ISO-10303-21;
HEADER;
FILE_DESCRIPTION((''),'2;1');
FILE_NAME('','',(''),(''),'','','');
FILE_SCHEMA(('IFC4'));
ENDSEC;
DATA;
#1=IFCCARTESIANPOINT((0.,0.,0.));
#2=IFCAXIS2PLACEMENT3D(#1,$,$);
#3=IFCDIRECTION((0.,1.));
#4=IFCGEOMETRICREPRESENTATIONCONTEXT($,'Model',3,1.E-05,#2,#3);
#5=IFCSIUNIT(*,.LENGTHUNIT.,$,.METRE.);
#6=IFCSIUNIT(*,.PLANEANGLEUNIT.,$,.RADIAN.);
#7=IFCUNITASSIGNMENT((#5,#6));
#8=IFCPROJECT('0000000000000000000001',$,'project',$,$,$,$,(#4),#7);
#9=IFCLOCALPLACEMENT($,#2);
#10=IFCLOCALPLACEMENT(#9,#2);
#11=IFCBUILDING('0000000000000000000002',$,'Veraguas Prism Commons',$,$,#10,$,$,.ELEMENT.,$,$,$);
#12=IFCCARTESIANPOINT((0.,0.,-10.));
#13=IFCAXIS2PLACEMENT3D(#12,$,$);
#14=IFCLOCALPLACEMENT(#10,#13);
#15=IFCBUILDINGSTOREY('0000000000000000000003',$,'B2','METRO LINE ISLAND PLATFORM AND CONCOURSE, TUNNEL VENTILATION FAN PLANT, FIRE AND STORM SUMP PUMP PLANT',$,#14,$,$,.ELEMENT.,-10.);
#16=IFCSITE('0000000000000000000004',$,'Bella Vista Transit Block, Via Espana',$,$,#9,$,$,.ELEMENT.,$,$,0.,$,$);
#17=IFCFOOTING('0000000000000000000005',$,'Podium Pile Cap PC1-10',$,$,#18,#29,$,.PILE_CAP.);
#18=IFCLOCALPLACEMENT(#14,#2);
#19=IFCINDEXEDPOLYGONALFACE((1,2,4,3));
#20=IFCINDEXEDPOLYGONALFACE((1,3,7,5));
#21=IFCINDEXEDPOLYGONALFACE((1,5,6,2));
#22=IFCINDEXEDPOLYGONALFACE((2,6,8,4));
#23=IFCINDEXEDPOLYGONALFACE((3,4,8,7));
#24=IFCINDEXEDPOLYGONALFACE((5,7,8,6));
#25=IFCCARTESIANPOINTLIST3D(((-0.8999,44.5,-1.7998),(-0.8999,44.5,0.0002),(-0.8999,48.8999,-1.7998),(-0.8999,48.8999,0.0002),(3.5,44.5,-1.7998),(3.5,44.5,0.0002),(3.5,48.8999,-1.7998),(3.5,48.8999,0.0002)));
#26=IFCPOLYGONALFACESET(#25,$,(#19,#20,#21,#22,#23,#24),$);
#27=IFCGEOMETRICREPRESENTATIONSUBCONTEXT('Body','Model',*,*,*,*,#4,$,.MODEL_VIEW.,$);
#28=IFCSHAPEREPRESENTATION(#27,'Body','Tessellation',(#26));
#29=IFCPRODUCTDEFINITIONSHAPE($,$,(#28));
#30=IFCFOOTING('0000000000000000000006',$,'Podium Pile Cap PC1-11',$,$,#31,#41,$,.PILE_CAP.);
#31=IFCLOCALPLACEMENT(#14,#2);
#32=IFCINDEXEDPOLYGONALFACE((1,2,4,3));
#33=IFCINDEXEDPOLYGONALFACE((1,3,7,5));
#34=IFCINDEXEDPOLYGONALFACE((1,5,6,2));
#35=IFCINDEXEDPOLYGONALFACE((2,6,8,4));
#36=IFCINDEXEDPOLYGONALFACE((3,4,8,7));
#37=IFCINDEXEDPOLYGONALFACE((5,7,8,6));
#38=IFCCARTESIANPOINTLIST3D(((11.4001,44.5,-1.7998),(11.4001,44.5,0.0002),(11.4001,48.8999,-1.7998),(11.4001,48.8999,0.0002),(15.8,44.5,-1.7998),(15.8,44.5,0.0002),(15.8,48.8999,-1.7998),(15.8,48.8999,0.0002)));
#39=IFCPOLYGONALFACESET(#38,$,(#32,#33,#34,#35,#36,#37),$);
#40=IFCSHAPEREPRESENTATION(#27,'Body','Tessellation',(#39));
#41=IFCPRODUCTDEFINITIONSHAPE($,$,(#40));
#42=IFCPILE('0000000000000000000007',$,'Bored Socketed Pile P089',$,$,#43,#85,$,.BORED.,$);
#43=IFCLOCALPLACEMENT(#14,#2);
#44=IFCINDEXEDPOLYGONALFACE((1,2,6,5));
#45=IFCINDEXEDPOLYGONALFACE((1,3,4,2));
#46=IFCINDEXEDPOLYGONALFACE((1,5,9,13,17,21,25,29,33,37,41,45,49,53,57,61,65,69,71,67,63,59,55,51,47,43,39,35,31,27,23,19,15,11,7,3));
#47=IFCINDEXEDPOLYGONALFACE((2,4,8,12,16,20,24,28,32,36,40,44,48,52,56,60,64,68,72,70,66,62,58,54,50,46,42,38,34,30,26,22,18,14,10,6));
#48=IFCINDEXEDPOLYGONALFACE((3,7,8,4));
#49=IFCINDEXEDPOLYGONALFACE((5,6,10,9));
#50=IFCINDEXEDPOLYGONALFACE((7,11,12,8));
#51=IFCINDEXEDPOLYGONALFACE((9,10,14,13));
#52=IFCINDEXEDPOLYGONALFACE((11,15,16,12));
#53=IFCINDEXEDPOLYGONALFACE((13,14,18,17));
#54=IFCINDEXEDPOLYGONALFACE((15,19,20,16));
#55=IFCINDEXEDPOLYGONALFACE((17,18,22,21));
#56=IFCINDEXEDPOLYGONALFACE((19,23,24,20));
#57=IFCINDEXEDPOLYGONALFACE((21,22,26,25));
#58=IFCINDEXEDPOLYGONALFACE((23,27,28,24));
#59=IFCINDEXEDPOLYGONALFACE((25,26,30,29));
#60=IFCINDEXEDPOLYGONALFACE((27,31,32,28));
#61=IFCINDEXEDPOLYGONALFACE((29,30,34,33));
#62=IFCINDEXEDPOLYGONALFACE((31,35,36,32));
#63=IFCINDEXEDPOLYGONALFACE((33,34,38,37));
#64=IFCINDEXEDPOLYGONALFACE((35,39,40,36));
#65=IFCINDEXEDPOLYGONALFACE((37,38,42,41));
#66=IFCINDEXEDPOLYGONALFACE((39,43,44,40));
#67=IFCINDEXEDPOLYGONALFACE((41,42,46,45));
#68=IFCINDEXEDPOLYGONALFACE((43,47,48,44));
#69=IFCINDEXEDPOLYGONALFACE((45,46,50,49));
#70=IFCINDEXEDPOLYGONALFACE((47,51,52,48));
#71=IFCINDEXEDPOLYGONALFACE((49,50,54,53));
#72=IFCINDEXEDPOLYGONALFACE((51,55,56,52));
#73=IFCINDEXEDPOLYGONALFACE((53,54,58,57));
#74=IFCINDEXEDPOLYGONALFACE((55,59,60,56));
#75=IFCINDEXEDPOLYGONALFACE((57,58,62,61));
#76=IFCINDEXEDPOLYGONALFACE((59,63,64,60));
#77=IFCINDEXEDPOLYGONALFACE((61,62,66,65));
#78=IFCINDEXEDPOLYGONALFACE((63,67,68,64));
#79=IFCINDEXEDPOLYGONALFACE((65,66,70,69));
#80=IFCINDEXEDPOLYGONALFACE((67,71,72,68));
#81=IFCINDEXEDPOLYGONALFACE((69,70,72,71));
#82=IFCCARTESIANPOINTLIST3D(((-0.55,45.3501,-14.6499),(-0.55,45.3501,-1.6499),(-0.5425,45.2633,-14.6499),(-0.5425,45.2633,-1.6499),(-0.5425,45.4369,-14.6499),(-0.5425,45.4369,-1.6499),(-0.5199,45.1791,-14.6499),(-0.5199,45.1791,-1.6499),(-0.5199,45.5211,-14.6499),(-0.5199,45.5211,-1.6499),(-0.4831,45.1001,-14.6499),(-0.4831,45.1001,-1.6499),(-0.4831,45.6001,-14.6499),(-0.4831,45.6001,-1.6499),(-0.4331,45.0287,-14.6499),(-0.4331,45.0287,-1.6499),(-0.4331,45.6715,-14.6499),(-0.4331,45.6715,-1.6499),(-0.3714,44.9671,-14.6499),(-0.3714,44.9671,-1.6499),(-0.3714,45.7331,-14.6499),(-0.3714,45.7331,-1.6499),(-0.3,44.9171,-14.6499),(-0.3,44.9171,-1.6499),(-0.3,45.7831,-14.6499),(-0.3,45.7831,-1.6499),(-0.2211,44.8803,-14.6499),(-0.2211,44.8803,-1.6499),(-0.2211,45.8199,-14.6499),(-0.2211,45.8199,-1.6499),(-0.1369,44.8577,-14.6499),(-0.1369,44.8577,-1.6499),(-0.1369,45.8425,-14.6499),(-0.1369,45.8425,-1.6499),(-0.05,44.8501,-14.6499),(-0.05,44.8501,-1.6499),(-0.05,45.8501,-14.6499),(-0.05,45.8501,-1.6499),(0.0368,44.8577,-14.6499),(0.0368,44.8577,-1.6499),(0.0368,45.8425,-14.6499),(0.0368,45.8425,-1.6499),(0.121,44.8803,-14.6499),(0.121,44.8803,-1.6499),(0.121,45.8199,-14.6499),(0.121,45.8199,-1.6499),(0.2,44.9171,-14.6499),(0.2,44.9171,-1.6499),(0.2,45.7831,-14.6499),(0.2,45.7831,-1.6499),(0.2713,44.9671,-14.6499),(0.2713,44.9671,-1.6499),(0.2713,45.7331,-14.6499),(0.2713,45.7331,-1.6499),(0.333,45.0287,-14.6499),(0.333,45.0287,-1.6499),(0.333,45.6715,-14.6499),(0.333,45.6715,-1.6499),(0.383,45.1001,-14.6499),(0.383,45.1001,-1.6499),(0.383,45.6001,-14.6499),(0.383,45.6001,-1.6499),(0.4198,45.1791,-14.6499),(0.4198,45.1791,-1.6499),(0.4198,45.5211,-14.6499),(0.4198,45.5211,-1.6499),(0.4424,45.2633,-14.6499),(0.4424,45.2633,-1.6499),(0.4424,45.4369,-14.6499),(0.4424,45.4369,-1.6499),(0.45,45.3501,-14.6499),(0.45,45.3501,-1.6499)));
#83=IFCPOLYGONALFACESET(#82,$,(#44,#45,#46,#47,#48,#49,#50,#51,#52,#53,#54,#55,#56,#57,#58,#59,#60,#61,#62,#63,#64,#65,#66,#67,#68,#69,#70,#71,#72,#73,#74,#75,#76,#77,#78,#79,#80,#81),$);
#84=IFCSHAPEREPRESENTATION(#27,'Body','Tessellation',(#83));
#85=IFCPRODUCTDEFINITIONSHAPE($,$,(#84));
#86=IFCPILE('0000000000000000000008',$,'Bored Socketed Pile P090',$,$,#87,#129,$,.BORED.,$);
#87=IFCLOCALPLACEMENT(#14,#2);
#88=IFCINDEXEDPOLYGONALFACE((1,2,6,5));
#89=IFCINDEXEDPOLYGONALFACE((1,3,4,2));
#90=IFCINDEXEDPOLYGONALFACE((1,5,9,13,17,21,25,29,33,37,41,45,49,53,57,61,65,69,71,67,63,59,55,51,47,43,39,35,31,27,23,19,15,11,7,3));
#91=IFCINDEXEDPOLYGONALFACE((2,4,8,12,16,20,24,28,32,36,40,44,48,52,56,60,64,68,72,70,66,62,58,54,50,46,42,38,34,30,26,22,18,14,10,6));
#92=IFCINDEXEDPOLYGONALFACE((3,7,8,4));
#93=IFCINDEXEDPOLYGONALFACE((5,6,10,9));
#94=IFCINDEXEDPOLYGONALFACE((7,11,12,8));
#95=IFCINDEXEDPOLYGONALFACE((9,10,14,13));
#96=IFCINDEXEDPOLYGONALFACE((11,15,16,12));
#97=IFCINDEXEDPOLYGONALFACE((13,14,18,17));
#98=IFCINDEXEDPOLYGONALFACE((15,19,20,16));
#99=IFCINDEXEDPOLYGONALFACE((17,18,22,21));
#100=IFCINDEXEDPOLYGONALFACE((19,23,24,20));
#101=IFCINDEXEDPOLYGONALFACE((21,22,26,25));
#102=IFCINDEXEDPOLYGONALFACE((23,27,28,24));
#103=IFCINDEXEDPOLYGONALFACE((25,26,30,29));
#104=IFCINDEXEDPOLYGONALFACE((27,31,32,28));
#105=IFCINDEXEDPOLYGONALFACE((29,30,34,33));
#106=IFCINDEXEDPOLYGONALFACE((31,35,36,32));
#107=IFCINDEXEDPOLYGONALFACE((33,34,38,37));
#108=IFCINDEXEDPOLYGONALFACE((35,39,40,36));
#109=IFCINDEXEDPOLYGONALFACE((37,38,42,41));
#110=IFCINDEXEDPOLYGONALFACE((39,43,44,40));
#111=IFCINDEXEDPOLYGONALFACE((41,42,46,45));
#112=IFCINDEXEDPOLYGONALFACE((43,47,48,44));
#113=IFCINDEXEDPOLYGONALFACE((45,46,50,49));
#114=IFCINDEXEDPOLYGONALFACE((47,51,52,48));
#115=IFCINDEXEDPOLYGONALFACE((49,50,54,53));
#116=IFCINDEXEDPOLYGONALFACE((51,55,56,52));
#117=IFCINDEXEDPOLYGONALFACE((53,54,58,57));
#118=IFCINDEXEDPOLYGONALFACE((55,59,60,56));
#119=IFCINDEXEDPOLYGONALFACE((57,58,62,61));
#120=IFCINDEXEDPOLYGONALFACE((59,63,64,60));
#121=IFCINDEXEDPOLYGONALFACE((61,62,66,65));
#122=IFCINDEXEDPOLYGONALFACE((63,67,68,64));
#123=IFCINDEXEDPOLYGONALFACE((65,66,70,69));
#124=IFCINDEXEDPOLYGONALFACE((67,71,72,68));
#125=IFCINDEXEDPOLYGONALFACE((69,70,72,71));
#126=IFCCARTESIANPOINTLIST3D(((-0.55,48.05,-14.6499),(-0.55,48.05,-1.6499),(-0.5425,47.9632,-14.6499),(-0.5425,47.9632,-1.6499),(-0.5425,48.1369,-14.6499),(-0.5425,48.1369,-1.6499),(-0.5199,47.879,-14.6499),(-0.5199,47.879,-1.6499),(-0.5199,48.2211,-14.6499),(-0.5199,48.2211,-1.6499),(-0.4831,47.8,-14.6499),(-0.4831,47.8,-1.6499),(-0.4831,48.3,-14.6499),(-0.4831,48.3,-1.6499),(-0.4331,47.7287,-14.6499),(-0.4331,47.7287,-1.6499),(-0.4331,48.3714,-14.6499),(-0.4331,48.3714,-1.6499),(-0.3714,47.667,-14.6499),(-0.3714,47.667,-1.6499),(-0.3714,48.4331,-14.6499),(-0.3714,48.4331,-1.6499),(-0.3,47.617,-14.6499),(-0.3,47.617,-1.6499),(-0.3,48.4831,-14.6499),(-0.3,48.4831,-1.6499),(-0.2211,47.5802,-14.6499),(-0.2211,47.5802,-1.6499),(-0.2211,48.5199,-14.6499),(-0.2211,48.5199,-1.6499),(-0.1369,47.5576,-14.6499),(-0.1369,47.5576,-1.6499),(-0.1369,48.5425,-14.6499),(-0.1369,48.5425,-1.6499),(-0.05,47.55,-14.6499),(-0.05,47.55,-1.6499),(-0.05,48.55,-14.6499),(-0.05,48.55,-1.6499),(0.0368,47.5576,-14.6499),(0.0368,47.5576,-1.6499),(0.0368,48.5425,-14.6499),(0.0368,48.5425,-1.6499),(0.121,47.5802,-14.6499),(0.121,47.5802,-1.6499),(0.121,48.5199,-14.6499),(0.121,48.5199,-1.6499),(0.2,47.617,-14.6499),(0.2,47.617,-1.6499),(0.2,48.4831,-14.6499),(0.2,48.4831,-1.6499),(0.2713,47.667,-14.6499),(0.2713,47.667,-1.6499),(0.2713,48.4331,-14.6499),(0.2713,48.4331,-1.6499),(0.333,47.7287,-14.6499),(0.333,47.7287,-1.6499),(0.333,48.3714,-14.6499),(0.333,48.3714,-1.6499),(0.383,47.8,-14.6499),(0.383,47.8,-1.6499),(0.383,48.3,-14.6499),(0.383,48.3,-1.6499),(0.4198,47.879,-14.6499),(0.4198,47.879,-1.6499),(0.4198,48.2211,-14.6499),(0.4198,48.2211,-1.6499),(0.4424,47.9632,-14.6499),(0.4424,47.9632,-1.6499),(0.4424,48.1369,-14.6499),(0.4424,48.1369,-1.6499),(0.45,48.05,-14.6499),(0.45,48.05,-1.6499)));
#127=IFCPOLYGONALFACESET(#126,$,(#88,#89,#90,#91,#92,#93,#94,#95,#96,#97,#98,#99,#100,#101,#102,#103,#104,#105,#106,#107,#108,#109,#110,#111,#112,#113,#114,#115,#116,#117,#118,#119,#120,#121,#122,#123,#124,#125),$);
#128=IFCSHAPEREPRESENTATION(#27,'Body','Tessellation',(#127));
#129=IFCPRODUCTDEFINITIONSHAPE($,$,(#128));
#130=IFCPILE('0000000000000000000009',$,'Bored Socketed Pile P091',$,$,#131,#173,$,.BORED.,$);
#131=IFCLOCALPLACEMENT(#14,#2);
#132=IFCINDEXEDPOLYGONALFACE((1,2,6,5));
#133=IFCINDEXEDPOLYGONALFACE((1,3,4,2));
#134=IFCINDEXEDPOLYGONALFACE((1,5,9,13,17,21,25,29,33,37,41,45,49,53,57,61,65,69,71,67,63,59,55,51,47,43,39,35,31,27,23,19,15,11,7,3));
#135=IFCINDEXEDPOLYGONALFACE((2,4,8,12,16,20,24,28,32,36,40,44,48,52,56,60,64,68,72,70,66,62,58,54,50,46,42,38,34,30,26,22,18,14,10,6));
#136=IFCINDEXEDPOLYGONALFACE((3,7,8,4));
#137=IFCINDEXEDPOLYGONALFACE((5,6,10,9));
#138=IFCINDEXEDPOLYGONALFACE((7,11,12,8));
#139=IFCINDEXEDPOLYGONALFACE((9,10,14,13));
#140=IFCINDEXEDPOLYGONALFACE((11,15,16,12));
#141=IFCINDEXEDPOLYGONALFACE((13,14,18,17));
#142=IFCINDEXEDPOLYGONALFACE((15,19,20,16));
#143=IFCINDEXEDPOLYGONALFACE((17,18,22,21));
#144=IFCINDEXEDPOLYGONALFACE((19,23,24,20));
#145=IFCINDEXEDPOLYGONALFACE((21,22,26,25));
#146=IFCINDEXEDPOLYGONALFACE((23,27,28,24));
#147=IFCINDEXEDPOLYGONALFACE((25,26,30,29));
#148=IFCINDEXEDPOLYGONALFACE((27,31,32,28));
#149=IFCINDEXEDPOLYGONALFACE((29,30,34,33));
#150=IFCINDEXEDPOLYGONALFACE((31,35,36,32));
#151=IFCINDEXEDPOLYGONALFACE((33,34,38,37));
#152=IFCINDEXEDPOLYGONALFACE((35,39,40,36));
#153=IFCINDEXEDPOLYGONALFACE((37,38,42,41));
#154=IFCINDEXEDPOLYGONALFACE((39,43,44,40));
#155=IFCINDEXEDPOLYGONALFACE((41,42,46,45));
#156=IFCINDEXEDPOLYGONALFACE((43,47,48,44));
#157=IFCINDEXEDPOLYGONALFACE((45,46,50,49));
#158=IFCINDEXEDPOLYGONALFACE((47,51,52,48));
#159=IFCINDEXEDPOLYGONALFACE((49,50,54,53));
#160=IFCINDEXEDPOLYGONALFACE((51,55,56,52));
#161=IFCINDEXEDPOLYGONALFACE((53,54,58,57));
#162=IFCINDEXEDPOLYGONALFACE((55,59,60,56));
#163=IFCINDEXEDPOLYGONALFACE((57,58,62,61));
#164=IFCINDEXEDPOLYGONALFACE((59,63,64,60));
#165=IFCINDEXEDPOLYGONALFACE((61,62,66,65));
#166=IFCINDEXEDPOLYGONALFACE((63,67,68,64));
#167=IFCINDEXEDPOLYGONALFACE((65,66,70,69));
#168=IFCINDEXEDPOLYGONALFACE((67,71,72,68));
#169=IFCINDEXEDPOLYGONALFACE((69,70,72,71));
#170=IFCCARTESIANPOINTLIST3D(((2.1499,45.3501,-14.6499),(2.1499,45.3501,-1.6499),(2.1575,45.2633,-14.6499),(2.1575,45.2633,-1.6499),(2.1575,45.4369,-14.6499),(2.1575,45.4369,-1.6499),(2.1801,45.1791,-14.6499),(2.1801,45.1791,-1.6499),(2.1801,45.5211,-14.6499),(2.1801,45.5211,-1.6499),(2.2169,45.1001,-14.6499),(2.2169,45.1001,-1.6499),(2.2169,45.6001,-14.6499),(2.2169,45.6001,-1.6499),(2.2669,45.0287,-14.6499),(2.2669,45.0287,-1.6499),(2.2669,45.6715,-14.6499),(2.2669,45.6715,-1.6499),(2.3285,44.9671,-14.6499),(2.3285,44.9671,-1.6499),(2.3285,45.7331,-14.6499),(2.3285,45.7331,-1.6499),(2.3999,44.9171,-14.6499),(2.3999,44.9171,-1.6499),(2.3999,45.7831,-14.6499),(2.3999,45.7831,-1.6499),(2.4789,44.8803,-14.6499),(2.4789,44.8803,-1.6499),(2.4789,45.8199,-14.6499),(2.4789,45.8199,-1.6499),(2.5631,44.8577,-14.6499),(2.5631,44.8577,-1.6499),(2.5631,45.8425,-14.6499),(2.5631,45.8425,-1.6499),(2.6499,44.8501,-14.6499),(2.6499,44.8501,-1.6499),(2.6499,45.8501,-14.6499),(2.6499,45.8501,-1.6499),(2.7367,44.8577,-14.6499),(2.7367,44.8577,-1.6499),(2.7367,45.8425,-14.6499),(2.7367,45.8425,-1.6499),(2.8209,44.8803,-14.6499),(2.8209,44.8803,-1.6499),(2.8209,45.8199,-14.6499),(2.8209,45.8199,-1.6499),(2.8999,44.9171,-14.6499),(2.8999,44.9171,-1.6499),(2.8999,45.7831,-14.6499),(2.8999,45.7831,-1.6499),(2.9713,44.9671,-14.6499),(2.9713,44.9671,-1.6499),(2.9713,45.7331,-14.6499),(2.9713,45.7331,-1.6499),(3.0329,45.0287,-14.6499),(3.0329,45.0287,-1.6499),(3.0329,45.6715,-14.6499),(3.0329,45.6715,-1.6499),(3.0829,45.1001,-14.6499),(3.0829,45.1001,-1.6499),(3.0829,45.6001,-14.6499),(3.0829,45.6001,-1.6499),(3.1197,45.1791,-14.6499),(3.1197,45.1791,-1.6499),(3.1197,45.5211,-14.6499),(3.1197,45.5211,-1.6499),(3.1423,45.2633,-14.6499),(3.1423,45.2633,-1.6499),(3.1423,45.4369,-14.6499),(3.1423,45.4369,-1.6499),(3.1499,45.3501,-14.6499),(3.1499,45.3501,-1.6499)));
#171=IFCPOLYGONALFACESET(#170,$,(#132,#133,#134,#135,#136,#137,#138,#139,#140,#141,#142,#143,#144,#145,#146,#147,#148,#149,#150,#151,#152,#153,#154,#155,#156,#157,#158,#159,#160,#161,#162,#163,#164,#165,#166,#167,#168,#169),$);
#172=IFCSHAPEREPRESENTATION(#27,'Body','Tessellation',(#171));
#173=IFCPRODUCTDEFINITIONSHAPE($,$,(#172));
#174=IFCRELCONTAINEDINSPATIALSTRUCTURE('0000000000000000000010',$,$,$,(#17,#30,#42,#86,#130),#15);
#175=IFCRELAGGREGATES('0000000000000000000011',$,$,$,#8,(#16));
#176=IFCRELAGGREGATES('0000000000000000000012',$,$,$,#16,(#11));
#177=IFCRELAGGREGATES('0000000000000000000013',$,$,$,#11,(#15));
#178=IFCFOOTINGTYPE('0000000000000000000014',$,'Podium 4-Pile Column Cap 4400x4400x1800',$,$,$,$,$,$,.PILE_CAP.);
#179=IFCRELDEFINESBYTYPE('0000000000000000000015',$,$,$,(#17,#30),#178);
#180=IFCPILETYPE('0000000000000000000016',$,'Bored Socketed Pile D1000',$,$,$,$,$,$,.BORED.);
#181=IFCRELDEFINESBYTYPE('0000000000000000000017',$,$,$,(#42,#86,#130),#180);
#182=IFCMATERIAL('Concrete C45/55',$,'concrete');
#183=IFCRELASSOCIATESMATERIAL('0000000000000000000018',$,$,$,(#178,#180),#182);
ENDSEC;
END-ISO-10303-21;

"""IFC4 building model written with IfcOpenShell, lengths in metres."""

from ifc_helpers import new_model, si_unit, direction, frame, origin, origin_2d, place, context, subcontext, project, spatial, rectangle, circle, extrude, source, transform, mapped, material, material_profile, profile_set, type_object, element, save


model = new_model("IFC4")

# Units and contexts
model_context = context("Model", 3, precision=1e-05, world=origin(), true_north=direction((0.0, 1.0)))
body_context = subcontext(model_context, "Body", "Model", "MODEL_VIEW")
ifc_project = project(units=[si_unit("LENGTHUNIT", "METRE"), si_unit("PLANEANGLEUNIT", "RADIAN")], contexts=[model_context])

# Site, building, storey
site_placement = place(None, origin())
site = spatial("IfcSite", under=ifc_project, at=site_placement, Name="Bella Vista Transit Block, Via Espana", CompositionType="ELEMENT", RefElevation=0.0)
building_placement = place(site_placement, origin())
building = spatial("IfcBuilding", under=site, at=building_placement, Name="Veraguas Prism Commons", CompositionType="ELEMENT")
storey_placement = place(building_placement, frame((0.0, 0.0, -10.0)))
storey = spatial("IfcBuildingStorey", under=building, at=storey_placement, Name="B2", Description="METRO LINE ISLAND PLATFORM AND CONCOURSE, TUNNEL VENTILATION FAN PLANT, FIRE AND STORM SUMP PUMP PLANT", CompositionType="ELEMENT", Elevation=-10.0)

# Shared definitions
ifc_material_1 = material(Name="Concrete C45/55", Category="concrete")

# Footings
footing_type_1 = type_object("IfcFootingType", Name="Podium 4-Pile Column Cap 4400x4400x1800", PredefinedType="PILE_CAP", material=ifc_material_1)
shared_shape_1 = source(origin(), body_context, "Body", "SweptSolid", [
    extrude(rectangle(XDim=4.3999, YDim=4.3999, at=origin_2d()), origin(), (0.0, 0.0, 1.0), 1.8),
])
for number, where, z_axis, x_axis, name in (
    (1, (1.3, 46.7, -1.7998), (0.0, 0.0, 1.0), (1.0, 0.0, 0.0), "Podium Pile Cap PC1-10"),
    (2, (13.6001, 46.7, -1.7998), (0.0, 0.0, 1.0), (1.0, 0.0, 0.0), "Podium Pile Cap PC1-11"),
):
    element("IfcFooting", number, at=place(storey_placement, frame(where, z_axis=z_axis, x_axis=x_axis)), inside=storey, type_object=footing_type_1, Name=name, PredefinedType="PILE_CAP", context=body_context, shape_type="MappedRepresentation", body=[
        mapped(shared_shape_1, transform((0.0, 0.0, 0.0), scale=1.0)),
    ])

# Piles
ifc_material_profile_1 = material_profile(ifc_material_1, circle(Radius=0.5, at=origin_2d()), Name="PILE1000")
ifc_profile_set_1 = profile_set([ifc_material_profile_1], Name="Concrete C45/55")
pile_type_1 = type_object("IfcPileType", Name="Bored Socketed Pile D1000", PredefinedType="BORED", material=ifc_profile_set_1)
shared_shape_2 = source(origin(), body_context, "Body", "SweptSolid", [
    extrude(circle(Radius=0.5, at=origin_2d()), origin(), (0.0, 0.0, 1.0), 13.0),
])
for number, where, z_axis, x_axis, name in (
    (3, (-0.05, 45.3501, -1.6499), (0.0, 0.0, -1.0), (1.0, 0.0, 0.0), "Bored Socketed Pile P089"),
    (4, (-0.05, 48.05, -1.6499), (0.0, 0.0, -1.0), (1.0, 0.0, 0.0), "Bored Socketed Pile P090"),
    (5, (2.6499, 45.3501, -1.6499), (0.0, 0.0, -1.0), (1.0, 0.0, 0.0), "Bored Socketed Pile P091"),
):
    element("IfcPile", number, at=place(storey_placement, frame(where, z_axis=z_axis, x_axis=x_axis)), inside=storey, type_object=pile_type_1, Name=name, PredefinedType="BORED", context=body_context, shape_type="MappedRepresentation", body=[
        mapped(shared_shape_2, transform((0.0, 0.0, 0.0), scale=1.0)),
    ])

save(model, "model.ifc")
